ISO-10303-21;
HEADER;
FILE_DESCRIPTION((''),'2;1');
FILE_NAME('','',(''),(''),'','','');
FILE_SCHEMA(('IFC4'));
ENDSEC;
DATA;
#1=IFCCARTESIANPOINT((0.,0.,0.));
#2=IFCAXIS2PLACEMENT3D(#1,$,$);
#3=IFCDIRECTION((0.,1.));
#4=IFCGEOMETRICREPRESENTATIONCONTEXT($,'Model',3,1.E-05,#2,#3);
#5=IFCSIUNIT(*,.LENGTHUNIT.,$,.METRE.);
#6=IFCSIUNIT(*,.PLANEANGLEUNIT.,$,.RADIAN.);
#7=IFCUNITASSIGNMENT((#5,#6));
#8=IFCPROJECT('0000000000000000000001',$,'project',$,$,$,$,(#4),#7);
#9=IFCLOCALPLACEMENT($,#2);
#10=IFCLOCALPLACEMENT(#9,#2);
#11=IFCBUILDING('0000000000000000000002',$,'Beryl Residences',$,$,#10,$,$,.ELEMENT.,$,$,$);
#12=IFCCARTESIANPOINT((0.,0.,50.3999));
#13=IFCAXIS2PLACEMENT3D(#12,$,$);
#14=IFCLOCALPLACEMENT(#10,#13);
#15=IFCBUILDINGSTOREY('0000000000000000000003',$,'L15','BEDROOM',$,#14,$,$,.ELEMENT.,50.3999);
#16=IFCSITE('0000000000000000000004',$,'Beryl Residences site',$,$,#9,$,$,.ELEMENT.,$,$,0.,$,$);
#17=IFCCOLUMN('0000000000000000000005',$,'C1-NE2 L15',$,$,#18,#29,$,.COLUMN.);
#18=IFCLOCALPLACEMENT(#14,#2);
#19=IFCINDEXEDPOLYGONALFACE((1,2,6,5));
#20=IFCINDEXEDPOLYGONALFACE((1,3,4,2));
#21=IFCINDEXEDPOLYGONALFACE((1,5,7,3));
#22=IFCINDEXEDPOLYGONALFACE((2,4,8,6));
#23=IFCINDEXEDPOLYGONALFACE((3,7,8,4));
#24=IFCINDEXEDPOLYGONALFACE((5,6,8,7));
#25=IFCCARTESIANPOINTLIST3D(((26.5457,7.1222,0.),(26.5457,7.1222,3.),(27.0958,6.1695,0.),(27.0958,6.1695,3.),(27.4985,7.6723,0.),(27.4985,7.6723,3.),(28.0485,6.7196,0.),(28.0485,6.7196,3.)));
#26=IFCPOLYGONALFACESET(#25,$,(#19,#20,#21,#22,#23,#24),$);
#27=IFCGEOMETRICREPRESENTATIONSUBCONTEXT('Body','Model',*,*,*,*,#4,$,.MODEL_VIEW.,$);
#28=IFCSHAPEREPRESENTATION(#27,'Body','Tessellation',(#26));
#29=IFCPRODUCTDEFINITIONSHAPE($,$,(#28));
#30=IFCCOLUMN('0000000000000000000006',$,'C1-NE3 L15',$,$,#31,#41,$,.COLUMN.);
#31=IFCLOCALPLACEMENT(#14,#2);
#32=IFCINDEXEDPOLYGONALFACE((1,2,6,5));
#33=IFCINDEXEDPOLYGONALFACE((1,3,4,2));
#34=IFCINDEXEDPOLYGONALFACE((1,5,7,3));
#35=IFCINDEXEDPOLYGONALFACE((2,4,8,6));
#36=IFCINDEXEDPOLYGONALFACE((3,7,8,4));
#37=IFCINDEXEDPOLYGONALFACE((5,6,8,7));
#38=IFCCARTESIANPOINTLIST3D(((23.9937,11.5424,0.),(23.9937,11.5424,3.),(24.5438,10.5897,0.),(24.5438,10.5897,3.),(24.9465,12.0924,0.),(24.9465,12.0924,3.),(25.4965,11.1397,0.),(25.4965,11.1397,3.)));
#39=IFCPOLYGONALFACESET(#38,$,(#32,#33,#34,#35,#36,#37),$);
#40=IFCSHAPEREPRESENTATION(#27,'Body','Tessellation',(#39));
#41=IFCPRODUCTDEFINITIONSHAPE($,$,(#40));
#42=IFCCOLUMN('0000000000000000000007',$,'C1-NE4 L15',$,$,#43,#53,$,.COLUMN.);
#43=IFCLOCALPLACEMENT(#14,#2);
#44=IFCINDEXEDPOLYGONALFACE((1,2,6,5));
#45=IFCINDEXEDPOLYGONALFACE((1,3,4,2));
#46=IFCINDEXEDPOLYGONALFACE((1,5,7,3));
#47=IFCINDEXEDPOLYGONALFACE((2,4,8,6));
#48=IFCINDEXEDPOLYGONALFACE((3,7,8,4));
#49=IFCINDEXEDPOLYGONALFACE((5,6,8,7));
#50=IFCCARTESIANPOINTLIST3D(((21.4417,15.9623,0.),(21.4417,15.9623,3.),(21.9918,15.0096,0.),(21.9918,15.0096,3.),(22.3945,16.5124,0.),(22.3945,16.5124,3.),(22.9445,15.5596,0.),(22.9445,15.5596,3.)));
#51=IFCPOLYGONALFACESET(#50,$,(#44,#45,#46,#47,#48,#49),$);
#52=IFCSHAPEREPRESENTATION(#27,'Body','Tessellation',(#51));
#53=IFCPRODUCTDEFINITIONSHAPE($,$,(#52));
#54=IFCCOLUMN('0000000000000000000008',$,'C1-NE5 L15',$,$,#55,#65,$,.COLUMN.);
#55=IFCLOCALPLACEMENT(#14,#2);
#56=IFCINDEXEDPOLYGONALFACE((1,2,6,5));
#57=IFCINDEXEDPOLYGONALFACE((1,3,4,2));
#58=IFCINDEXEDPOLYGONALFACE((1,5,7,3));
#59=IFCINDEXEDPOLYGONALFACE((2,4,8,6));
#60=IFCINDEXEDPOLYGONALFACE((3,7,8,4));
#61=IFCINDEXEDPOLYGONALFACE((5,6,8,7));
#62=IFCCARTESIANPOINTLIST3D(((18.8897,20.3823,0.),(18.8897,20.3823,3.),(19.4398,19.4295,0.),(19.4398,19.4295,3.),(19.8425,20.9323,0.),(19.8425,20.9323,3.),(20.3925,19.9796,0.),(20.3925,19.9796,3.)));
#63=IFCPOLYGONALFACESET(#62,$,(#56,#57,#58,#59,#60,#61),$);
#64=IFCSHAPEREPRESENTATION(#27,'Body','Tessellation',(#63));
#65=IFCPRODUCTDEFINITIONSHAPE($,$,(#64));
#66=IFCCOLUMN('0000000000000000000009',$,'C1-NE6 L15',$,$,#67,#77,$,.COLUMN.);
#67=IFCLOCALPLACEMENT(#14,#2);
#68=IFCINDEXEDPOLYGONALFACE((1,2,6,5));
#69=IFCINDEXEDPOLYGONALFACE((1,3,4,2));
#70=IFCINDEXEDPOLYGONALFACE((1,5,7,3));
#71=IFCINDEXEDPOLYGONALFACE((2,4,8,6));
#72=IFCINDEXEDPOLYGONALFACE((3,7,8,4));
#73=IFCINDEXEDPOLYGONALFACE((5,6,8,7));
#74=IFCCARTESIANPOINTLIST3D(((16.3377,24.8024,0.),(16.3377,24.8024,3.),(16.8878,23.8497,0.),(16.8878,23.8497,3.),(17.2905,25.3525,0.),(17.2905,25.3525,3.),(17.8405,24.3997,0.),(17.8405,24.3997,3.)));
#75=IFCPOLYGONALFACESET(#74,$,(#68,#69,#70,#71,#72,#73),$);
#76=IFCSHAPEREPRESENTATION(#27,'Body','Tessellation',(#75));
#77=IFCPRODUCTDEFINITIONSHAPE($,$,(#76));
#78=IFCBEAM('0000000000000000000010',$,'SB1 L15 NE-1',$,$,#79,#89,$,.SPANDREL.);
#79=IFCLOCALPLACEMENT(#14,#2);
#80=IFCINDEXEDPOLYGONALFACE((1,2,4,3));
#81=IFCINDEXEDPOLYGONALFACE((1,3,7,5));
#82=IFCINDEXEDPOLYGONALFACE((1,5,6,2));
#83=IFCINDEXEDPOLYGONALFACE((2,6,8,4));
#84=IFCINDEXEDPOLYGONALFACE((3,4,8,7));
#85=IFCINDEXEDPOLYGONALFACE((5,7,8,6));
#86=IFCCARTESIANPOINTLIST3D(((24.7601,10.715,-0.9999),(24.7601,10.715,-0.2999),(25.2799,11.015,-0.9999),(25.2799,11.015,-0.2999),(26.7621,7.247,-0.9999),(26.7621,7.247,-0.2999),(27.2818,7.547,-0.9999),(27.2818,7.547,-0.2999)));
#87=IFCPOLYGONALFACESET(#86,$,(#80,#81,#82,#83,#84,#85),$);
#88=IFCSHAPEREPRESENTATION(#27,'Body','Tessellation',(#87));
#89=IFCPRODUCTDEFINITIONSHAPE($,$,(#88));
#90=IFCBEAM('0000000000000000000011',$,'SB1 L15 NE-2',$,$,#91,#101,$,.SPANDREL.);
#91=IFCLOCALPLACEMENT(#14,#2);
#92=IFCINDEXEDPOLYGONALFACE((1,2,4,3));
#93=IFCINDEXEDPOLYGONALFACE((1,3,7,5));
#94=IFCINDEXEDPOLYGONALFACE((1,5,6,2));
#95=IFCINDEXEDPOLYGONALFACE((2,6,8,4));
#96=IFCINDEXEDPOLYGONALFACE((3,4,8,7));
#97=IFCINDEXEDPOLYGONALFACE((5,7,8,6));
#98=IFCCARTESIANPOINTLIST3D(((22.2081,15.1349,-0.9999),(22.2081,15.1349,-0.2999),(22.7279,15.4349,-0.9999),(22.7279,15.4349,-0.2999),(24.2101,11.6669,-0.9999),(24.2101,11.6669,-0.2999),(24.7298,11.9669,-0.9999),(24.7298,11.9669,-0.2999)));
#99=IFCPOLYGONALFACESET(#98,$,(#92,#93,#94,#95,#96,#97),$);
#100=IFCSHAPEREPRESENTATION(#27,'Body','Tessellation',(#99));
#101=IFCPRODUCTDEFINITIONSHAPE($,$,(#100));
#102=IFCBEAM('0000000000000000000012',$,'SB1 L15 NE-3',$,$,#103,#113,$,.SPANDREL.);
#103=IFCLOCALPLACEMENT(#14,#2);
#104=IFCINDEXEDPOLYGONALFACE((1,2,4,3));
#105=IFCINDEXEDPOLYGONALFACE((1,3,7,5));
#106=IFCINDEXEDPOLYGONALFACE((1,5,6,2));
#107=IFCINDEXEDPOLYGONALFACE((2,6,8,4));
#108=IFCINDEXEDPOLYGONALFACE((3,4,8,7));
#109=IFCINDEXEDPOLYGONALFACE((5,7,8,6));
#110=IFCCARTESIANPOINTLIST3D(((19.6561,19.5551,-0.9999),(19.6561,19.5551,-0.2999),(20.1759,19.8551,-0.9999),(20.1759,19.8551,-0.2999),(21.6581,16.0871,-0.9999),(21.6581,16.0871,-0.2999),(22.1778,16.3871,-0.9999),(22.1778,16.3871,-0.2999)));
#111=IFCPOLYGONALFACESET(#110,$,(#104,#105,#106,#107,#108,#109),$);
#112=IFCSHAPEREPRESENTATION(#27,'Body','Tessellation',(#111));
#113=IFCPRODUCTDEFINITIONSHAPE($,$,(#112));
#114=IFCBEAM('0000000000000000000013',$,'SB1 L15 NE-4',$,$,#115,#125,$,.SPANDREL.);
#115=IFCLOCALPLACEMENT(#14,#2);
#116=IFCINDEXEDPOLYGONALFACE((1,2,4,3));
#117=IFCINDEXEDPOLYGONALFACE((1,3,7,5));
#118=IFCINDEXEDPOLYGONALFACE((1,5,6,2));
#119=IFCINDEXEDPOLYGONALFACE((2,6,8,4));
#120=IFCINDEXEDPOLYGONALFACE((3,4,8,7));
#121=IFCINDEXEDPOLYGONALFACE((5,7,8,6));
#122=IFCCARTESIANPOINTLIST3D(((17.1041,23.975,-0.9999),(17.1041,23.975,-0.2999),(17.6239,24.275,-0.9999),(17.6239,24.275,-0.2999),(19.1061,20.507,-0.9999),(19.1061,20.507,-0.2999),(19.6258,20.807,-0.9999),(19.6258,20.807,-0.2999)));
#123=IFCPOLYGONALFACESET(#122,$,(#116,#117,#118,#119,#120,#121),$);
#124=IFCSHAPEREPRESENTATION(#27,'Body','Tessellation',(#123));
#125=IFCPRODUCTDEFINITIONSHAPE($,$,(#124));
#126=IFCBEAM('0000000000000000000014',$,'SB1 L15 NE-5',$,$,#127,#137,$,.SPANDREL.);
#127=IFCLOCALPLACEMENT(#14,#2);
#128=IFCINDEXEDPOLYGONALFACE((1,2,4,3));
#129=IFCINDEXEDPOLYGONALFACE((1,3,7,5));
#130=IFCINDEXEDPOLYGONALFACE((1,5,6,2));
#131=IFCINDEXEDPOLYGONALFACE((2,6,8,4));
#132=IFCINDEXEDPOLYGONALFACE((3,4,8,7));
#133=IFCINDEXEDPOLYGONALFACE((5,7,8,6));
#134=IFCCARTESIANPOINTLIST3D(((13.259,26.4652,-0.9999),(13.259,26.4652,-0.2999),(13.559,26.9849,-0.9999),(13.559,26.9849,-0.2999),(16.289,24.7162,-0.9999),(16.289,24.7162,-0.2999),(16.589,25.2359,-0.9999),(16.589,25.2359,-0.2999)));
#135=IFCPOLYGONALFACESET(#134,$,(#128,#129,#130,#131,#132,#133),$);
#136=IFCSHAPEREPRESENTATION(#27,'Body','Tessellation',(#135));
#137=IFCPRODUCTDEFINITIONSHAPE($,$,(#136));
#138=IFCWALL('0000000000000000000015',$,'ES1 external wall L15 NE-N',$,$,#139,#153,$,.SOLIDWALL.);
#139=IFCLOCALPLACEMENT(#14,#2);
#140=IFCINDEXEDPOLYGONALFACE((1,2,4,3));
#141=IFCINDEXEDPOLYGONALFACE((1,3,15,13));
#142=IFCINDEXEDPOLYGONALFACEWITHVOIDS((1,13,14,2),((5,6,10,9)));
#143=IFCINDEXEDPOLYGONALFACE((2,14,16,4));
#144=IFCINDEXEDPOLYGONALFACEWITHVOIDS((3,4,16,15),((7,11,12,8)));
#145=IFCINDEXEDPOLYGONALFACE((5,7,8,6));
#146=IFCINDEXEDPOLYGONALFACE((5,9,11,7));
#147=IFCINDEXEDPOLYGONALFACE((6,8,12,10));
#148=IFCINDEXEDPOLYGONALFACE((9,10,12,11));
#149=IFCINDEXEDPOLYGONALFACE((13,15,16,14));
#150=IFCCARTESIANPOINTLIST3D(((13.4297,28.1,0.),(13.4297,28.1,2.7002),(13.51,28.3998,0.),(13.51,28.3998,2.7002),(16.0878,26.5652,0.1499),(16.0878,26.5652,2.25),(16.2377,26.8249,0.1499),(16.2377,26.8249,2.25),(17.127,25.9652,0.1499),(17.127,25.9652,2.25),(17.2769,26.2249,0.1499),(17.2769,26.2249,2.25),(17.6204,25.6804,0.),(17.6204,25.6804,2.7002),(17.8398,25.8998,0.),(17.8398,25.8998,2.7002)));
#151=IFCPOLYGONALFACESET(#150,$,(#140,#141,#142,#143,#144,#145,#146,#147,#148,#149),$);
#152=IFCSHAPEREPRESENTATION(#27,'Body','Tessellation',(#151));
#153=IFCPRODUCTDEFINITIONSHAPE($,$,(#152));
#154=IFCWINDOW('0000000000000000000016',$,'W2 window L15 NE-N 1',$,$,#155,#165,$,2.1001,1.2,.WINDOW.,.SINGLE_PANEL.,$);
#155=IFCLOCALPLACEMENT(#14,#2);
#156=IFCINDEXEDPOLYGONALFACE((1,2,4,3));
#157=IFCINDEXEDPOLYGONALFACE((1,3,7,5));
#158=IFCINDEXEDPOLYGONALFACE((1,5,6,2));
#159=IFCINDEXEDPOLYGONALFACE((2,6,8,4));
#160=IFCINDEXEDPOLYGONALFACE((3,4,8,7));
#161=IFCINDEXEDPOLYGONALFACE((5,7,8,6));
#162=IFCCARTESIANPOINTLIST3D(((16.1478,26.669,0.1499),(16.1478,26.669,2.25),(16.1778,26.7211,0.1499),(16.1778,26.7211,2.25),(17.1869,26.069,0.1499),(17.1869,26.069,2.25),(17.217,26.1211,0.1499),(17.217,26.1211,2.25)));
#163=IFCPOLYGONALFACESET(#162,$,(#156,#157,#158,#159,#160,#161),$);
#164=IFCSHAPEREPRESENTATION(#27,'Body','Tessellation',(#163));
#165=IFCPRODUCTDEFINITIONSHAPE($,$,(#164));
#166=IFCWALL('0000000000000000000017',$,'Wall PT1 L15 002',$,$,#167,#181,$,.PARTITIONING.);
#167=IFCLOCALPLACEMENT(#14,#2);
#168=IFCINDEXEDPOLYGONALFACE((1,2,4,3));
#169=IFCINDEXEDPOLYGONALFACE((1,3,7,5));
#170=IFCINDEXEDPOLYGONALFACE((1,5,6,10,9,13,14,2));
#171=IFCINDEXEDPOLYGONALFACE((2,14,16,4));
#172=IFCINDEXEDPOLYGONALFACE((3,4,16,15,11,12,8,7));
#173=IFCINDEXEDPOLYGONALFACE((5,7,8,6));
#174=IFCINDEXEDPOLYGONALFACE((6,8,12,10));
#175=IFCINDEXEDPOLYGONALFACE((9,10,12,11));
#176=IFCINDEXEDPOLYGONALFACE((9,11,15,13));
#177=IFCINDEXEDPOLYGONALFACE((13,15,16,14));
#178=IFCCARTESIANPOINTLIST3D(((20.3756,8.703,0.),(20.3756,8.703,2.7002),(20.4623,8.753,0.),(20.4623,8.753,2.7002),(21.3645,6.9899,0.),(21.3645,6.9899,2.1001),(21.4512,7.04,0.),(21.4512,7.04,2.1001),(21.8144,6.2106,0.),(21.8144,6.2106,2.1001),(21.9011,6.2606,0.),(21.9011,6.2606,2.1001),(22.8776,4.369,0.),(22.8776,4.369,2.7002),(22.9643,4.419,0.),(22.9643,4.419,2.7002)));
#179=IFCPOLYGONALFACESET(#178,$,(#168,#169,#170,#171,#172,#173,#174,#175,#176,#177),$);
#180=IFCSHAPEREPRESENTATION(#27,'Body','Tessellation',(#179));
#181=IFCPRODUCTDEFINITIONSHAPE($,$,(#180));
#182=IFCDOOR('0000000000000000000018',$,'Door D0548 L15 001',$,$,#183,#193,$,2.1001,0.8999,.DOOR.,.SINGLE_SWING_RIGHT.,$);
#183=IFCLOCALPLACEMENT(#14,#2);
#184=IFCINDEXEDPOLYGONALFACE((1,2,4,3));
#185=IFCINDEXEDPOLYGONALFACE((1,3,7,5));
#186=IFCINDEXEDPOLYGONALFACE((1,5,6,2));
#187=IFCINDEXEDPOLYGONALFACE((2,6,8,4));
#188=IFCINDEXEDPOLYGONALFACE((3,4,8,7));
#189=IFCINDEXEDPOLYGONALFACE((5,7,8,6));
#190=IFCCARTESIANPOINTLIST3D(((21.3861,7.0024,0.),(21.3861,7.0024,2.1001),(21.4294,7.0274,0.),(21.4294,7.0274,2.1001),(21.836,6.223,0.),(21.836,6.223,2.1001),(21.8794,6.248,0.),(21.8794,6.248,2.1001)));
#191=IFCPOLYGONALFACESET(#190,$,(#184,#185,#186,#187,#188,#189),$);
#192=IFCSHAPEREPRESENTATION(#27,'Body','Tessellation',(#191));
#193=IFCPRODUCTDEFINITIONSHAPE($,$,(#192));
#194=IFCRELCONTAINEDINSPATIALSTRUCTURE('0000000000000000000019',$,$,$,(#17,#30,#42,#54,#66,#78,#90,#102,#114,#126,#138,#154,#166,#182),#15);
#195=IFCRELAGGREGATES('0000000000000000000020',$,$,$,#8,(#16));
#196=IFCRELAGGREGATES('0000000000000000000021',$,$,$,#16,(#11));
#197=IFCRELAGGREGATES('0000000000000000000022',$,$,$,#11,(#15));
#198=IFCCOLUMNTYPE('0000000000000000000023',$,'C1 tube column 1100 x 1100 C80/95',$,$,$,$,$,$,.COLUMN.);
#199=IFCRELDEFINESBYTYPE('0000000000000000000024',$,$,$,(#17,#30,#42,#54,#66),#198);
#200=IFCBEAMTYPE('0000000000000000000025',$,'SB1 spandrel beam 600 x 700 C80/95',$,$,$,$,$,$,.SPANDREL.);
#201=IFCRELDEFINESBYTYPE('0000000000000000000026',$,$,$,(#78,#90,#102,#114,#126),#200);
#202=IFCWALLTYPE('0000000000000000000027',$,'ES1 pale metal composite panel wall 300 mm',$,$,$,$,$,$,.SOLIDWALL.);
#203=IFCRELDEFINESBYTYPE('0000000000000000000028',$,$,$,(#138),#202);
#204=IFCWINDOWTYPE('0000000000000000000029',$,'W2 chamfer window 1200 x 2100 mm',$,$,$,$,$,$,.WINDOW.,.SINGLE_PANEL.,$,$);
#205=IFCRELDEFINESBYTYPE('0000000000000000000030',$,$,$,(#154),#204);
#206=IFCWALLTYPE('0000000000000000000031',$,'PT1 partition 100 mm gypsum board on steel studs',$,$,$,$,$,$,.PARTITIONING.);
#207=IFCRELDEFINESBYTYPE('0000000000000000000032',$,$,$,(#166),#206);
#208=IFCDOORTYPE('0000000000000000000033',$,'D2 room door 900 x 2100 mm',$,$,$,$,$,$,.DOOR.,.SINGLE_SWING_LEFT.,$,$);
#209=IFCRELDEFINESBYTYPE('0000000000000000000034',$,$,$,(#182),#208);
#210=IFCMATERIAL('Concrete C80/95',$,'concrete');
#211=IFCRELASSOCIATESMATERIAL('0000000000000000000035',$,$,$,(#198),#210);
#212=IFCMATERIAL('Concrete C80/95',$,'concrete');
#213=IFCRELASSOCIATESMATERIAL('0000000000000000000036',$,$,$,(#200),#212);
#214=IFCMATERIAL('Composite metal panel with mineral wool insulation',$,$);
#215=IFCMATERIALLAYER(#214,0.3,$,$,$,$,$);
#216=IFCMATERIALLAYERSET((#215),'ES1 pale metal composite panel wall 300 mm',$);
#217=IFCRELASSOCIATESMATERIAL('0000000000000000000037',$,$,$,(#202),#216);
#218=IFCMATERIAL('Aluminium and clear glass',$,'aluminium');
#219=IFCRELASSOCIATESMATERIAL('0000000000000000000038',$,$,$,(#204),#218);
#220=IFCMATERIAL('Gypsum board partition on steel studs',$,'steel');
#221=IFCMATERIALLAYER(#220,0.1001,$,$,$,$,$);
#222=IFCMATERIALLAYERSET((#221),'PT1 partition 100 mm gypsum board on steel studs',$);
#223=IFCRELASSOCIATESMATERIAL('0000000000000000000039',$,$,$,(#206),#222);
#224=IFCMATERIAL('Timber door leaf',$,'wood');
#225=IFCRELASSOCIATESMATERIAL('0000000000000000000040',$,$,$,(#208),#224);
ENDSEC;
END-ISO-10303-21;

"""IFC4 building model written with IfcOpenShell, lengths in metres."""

from ifc_helpers import new_model, si_unit, direction, frame, frame_2d, origin, origin_2d, place, context, subcontext, project, spatial, polyline, rectangle, outline, extrude, material, layer, layer_set, material_profile, profile_set, type_object, element, fill, save


model = new_model("IFC4")

# Units and contexts
model_context = context("Model", 3, precision=1e-05, world=origin(), true_north=direction((0.0, 1.0)))
body_context = subcontext(model_context, "Body", "Model", "MODEL_VIEW")
ifc_project = project(units=[si_unit("LENGTHUNIT", "METRE"), si_unit("PLANEANGLEUNIT", "RADIAN")], contexts=[model_context])

# Site, building, storey
site_placement = place(None, origin())
site = spatial("IfcSite", under=ifc_project, at=site_placement, Name="Beryl Residences site", CompositionType="ELEMENT", RefElevation=0.0)
building_placement = place(site_placement, origin())
building = spatial("IfcBuilding", under=site, at=building_placement, Name="Beryl Residences", CompositionType="ELEMENT")
storey_placement = place(building_placement, frame((0.0, 0.0, 50.3999)))
storey = spatial("IfcBuildingStorey", under=building, at=storey_placement, Name="L15", Description="BEDROOM", CompositionType="ELEMENT", Elevation=50.3999)

# Columns
ifc_material_1 = material(Name="Concrete C80/95", Category="concrete")
ifc_material_profile_1 = material_profile(ifc_material_1, rectangle(XDim=1.1001, YDim=1.1001, at=origin_2d()))
ifc_profile_set_1 = profile_set([ifc_material_profile_1], Name="Concrete C80/95")
column_type = type_object("IfcColumnType", Name="C1 tube column 1100 x 1100 C80/95", PredefinedType="COLUMN", material=ifc_profile_set_1)
for number, where, z_axis, x_axis, name in (
    (1, (27.2971, 6.9209, 0.0), (0.0, 0.0, 1.0), (-0.499985, 0.866034, 0.0), "C1-NE2 L15"),
    (2, (24.7451, 11.3411, 0.0), (0.0, 0.0, 1.0), (-0.499985, 0.866034, 0.0), "C1-NE3 L15"),
    (3, (22.1931, 15.761, 0.0), (0.0, 0.0, 1.0), (-0.499985, 0.866034, 0.0), "C1-NE4 L15"),
    (4, (19.6411, 20.1809, 0.0), (0.0, 0.0, 1.0), (-0.499985, 0.866034, 0.0), "C1-NE5 L15"),
    (5, (17.0891, 24.6011, 0.0), (0.0, 0.0, 1.0), (-0.499985, 0.866034, 0.0), "C1-NE6 L15"),
):
    element("IfcColumn", number, at=place(storey_placement, frame(where, z_axis=z_axis, x_axis=x_axis)), inside=storey, type_object=column_type, Name=name, PredefinedType="COLUMN", context=body_context, shape_type="SweptSolid", body=[
        extrude(rectangle(XDim=1.1001, YDim=1.1001, at=origin_2d()), origin(), (0.0, 0.0, 1.0), 3.0),
    ])

# Beams
ifc_material_2 = material(Name="Concrete C80/95", Category="concrete")
ifc_material_profile_2 = material_profile(ifc_material_2, rectangle(XDim=0.6001, YDim=0.7, at=origin_2d()))
ifc_profile_set_2 = profile_set([ifc_material_profile_2], Name="Concrete C80/95")
beam_type = type_object("IfcBeamType", Name="SB1 spandrel beam 600 x 700 C80/95", PredefinedType="SPANDREL", material=ifc_profile_set_2)
for number, where, z_axis, x_axis, name in (
    (6, (27.022, 7.397, -0.6499), (-0.499942, 0.866059, 0.0), (-0.866059, -0.499942, 0.0), "SB1 L15 NE-1"),
    (7, (24.47, 11.8169, -0.6499), (-0.499942, 0.866059, 0.0), (-0.866059, -0.499942, 0.0), "SB1 L15 NE-2"),
    (8, (21.918, 16.2371, -0.6499), (-0.499942, 0.866059, 0.0), (-0.866059, -0.499942, 0.0), "SB1 L15 NE-3"),
    (9, (19.366, 20.657, -0.6499), (-0.499942, 0.866059, 0.0), (-0.866059, -0.499942, 0.0), "SB1 L15 NE-4"),
):
    element("IfcBeam", number, at=place(storey_placement, frame(where, z_axis=z_axis, x_axis=x_axis)), inside=storey, type_object=beam_type, Name=name, PredefinedType="SPANDREL", context=body_context, shape_type="SweptSolid", body=[
        extrude(rectangle(XDim=0.6001, YDim=0.7, at=origin_2d()), origin(), (0.0, 0.0, 1.0), 4.0044),
    ])
beam_placement = place(storey_placement, frame((16.439, 24.9761, -0.6499), z_axis=(-0.866071, 0.499922, 0.0), x_axis=(-0.499922, -0.866071, 0.0)))
element("IfcBeam", 10, at=beam_placement, inside=storey, type_object=beam_type, Name="SB1 L15 NE-5", PredefinedType="SPANDREL", context=body_context, shape_type="SweptSolid", body=[
    extrude(rectangle(XDim=0.6001, YDim=0.7, at=origin_2d()), origin(), (0.0, 0.0, 1.0), 3.4985),
])

# Wall, opening, window
ifc_material_3 = material(Name="Composite metal panel with mineral wool insulation")
ifc_layer_1 = layer(ifc_material_3, 0.3)
ifc_layer_set_1 = layer_set([ifc_layer_1], Name="ES1 pale metal composite panel wall 300 mm")
wall_type_1 = type_object("IfcWallType", Name="ES1 pale metal composite panel wall 300 mm", PredefinedType="SOLIDWALL", material=ifc_layer_set_1)
wall_1_placement = place(storey_placement, frame((17.7649, 25.77, 0.0), z_axis=(0.0, 0.0, 1.0), x_axis=(-0.866011, 0.500025, 0.0)))
wall_1 = element("IfcWall", 11, at=wall_1_placement, inside=storey, type_object=wall_type_1, Name="ES1 external wall L15 NE-N", PredefinedType="SOLIDWALL", context=body_context, shape_type="SweptSolid", body=[
    extrude(outline(polyline([(0.0, -0.1499), (4.9998, -0.1499), (4.9194, 0.1499), (0.0803, 0.1499), (0.0, -0.1499)])), origin(), (0.0, 0.0, 1.0), 2.7002),
])
opening_1_placement = place(wall_1_placement, frame((0.6499, 0.0, 0.1499)))
opening_1 = element("IfcOpeningElement", 12, at=opening_1_placement, cuts=wall_1, PredefinedType="OPENING", context=body_context, shape_type="SweptSolid", body=[
    extrude(rectangle(XDim=1.2, YDim=2.1001, at=frame_2d((0.6001, 1.05))), frame((0.0, 0.1599, 0.0), z_axis=(0.0, -1.0, 0.0), x_axis=(1.0, 0.0, 0.0)), (0.0, 0.0, 1.0), 0.3201),
])
ifc_material_4 = material(Name="Aluminium and clear glass", Category="aluminium")
window_type = type_object("IfcWindowType", Name="W2 chamfer window 1200 x 2100 mm", PartitioningType="SINGLE_PANEL", PredefinedType="WINDOW", material=ifc_material_4)
window_placement = place(opening_1_placement, origin())
window = element("IfcWindow", 13, at=window_placement, inside=storey, type_object=window_type, Name="W2 window L15 NE-N 1", OverallHeight=2.1001, OverallWidth=1.2, PartitioningType="SINGLE_PANEL", PredefinedType="WINDOW", context=body_context, shape_type="SweptSolid", body=[
    extrude(rectangle(XDim=1.2, YDim=2.1001, at=frame_2d((0.6001, 1.05))), frame((0.0, 0.03, 0.0), z_axis=(0.0, -1.0, 0.0), x_axis=(1.0, 0.0, 0.0)), (0.0, 0.0, 1.0), 0.0601),
])
fill(opening_1, window)

# Wall, opening, door
ifc_material_5 = material(Name="Gypsum board partition on steel studs", Category="steel")
ifc_layer_2 = layer(ifc_material_5, 0.1001)
ifc_layer_set_2 = layer_set([ifc_layer_2], Name="PT1 partition 100 mm gypsum board on steel studs")
wall_type_2 = type_object("IfcWallType", Name="PT1 partition 100 mm gypsum board on steel studs", PredefinedType="PARTITIONING", material=ifc_layer_set_2)
wall_2_placement = place(storey_placement, frame((20.4189, 8.728, 0.0), z_axis=(0.0, 0.0, 1.0), x_axis=(0.499959, -0.866049, 0.0)))
wall_2 = element("IfcWall", 14, at=wall_2_placement, inside=storey, type_object=wall_type_2, Name="Wall PT1 L15 002", PredefinedType="PARTITIONING", context=body_context, shape_type="SweptSolid", body=[
    extrude(rectangle(XDim=5.0044, YDim=0.1001, at=frame_2d((2.5022, 0.0))), origin(), (0.0, 0.0, 1.0), 2.7002),
])
opening_2_placement = place(wall_2_placement, frame((1.978, 0.0, 0.0)))
opening_2 = element("IfcOpeningElement", 15, at=opening_2_placement, cuts=wall_2, PredefinedType="OPENING", context=body_context, shape_type="SweptSolid", body=[
    extrude(rectangle(XDim=0.8999, YDim=2.1001, at=frame_2d((0.45, 1.05))), frame((0.0, 0.0601, 0.0), z_axis=(0.0, -1.0, 0.0), x_axis=(1.0, 0.0, 0.0)), (0.0, 0.0, 1.0), 0.1201),
])
ifc_material_6 = material(Name="Timber door leaf", Category="wood")
door_type = type_object("IfcDoorType", Name="D2 room door 900 x 2100 mm", OperationType="SINGLE_SWING_LEFT", PredefinedType="DOOR", material=ifc_material_6)
door_1_placement = place(opening_2_placement, origin())
door_1 = element("IfcDoor", 16, at=door_1_placement, inside=storey, type_object=door_type, Name="Door D0548 L15 001", OperationType="SINGLE_SWING_RIGHT", OverallHeight=2.1001, OverallWidth=0.8999, PredefinedType="DOOR", context=body_context, shape_type="SweptSolid", body=[
    extrude(rectangle(XDim=0.8999, YDim=2.1001, at=frame_2d((0.45, 1.05))), frame((0.0, 0.0249, 0.0), z_axis=(0.0, -1.0, 0.0), x_axis=(1.0, 0.0, 0.0)), (0.0, 0.0, 1.0), 0.05),
])
fill(opening_2, door_1)

save(model, "model.ifc")
